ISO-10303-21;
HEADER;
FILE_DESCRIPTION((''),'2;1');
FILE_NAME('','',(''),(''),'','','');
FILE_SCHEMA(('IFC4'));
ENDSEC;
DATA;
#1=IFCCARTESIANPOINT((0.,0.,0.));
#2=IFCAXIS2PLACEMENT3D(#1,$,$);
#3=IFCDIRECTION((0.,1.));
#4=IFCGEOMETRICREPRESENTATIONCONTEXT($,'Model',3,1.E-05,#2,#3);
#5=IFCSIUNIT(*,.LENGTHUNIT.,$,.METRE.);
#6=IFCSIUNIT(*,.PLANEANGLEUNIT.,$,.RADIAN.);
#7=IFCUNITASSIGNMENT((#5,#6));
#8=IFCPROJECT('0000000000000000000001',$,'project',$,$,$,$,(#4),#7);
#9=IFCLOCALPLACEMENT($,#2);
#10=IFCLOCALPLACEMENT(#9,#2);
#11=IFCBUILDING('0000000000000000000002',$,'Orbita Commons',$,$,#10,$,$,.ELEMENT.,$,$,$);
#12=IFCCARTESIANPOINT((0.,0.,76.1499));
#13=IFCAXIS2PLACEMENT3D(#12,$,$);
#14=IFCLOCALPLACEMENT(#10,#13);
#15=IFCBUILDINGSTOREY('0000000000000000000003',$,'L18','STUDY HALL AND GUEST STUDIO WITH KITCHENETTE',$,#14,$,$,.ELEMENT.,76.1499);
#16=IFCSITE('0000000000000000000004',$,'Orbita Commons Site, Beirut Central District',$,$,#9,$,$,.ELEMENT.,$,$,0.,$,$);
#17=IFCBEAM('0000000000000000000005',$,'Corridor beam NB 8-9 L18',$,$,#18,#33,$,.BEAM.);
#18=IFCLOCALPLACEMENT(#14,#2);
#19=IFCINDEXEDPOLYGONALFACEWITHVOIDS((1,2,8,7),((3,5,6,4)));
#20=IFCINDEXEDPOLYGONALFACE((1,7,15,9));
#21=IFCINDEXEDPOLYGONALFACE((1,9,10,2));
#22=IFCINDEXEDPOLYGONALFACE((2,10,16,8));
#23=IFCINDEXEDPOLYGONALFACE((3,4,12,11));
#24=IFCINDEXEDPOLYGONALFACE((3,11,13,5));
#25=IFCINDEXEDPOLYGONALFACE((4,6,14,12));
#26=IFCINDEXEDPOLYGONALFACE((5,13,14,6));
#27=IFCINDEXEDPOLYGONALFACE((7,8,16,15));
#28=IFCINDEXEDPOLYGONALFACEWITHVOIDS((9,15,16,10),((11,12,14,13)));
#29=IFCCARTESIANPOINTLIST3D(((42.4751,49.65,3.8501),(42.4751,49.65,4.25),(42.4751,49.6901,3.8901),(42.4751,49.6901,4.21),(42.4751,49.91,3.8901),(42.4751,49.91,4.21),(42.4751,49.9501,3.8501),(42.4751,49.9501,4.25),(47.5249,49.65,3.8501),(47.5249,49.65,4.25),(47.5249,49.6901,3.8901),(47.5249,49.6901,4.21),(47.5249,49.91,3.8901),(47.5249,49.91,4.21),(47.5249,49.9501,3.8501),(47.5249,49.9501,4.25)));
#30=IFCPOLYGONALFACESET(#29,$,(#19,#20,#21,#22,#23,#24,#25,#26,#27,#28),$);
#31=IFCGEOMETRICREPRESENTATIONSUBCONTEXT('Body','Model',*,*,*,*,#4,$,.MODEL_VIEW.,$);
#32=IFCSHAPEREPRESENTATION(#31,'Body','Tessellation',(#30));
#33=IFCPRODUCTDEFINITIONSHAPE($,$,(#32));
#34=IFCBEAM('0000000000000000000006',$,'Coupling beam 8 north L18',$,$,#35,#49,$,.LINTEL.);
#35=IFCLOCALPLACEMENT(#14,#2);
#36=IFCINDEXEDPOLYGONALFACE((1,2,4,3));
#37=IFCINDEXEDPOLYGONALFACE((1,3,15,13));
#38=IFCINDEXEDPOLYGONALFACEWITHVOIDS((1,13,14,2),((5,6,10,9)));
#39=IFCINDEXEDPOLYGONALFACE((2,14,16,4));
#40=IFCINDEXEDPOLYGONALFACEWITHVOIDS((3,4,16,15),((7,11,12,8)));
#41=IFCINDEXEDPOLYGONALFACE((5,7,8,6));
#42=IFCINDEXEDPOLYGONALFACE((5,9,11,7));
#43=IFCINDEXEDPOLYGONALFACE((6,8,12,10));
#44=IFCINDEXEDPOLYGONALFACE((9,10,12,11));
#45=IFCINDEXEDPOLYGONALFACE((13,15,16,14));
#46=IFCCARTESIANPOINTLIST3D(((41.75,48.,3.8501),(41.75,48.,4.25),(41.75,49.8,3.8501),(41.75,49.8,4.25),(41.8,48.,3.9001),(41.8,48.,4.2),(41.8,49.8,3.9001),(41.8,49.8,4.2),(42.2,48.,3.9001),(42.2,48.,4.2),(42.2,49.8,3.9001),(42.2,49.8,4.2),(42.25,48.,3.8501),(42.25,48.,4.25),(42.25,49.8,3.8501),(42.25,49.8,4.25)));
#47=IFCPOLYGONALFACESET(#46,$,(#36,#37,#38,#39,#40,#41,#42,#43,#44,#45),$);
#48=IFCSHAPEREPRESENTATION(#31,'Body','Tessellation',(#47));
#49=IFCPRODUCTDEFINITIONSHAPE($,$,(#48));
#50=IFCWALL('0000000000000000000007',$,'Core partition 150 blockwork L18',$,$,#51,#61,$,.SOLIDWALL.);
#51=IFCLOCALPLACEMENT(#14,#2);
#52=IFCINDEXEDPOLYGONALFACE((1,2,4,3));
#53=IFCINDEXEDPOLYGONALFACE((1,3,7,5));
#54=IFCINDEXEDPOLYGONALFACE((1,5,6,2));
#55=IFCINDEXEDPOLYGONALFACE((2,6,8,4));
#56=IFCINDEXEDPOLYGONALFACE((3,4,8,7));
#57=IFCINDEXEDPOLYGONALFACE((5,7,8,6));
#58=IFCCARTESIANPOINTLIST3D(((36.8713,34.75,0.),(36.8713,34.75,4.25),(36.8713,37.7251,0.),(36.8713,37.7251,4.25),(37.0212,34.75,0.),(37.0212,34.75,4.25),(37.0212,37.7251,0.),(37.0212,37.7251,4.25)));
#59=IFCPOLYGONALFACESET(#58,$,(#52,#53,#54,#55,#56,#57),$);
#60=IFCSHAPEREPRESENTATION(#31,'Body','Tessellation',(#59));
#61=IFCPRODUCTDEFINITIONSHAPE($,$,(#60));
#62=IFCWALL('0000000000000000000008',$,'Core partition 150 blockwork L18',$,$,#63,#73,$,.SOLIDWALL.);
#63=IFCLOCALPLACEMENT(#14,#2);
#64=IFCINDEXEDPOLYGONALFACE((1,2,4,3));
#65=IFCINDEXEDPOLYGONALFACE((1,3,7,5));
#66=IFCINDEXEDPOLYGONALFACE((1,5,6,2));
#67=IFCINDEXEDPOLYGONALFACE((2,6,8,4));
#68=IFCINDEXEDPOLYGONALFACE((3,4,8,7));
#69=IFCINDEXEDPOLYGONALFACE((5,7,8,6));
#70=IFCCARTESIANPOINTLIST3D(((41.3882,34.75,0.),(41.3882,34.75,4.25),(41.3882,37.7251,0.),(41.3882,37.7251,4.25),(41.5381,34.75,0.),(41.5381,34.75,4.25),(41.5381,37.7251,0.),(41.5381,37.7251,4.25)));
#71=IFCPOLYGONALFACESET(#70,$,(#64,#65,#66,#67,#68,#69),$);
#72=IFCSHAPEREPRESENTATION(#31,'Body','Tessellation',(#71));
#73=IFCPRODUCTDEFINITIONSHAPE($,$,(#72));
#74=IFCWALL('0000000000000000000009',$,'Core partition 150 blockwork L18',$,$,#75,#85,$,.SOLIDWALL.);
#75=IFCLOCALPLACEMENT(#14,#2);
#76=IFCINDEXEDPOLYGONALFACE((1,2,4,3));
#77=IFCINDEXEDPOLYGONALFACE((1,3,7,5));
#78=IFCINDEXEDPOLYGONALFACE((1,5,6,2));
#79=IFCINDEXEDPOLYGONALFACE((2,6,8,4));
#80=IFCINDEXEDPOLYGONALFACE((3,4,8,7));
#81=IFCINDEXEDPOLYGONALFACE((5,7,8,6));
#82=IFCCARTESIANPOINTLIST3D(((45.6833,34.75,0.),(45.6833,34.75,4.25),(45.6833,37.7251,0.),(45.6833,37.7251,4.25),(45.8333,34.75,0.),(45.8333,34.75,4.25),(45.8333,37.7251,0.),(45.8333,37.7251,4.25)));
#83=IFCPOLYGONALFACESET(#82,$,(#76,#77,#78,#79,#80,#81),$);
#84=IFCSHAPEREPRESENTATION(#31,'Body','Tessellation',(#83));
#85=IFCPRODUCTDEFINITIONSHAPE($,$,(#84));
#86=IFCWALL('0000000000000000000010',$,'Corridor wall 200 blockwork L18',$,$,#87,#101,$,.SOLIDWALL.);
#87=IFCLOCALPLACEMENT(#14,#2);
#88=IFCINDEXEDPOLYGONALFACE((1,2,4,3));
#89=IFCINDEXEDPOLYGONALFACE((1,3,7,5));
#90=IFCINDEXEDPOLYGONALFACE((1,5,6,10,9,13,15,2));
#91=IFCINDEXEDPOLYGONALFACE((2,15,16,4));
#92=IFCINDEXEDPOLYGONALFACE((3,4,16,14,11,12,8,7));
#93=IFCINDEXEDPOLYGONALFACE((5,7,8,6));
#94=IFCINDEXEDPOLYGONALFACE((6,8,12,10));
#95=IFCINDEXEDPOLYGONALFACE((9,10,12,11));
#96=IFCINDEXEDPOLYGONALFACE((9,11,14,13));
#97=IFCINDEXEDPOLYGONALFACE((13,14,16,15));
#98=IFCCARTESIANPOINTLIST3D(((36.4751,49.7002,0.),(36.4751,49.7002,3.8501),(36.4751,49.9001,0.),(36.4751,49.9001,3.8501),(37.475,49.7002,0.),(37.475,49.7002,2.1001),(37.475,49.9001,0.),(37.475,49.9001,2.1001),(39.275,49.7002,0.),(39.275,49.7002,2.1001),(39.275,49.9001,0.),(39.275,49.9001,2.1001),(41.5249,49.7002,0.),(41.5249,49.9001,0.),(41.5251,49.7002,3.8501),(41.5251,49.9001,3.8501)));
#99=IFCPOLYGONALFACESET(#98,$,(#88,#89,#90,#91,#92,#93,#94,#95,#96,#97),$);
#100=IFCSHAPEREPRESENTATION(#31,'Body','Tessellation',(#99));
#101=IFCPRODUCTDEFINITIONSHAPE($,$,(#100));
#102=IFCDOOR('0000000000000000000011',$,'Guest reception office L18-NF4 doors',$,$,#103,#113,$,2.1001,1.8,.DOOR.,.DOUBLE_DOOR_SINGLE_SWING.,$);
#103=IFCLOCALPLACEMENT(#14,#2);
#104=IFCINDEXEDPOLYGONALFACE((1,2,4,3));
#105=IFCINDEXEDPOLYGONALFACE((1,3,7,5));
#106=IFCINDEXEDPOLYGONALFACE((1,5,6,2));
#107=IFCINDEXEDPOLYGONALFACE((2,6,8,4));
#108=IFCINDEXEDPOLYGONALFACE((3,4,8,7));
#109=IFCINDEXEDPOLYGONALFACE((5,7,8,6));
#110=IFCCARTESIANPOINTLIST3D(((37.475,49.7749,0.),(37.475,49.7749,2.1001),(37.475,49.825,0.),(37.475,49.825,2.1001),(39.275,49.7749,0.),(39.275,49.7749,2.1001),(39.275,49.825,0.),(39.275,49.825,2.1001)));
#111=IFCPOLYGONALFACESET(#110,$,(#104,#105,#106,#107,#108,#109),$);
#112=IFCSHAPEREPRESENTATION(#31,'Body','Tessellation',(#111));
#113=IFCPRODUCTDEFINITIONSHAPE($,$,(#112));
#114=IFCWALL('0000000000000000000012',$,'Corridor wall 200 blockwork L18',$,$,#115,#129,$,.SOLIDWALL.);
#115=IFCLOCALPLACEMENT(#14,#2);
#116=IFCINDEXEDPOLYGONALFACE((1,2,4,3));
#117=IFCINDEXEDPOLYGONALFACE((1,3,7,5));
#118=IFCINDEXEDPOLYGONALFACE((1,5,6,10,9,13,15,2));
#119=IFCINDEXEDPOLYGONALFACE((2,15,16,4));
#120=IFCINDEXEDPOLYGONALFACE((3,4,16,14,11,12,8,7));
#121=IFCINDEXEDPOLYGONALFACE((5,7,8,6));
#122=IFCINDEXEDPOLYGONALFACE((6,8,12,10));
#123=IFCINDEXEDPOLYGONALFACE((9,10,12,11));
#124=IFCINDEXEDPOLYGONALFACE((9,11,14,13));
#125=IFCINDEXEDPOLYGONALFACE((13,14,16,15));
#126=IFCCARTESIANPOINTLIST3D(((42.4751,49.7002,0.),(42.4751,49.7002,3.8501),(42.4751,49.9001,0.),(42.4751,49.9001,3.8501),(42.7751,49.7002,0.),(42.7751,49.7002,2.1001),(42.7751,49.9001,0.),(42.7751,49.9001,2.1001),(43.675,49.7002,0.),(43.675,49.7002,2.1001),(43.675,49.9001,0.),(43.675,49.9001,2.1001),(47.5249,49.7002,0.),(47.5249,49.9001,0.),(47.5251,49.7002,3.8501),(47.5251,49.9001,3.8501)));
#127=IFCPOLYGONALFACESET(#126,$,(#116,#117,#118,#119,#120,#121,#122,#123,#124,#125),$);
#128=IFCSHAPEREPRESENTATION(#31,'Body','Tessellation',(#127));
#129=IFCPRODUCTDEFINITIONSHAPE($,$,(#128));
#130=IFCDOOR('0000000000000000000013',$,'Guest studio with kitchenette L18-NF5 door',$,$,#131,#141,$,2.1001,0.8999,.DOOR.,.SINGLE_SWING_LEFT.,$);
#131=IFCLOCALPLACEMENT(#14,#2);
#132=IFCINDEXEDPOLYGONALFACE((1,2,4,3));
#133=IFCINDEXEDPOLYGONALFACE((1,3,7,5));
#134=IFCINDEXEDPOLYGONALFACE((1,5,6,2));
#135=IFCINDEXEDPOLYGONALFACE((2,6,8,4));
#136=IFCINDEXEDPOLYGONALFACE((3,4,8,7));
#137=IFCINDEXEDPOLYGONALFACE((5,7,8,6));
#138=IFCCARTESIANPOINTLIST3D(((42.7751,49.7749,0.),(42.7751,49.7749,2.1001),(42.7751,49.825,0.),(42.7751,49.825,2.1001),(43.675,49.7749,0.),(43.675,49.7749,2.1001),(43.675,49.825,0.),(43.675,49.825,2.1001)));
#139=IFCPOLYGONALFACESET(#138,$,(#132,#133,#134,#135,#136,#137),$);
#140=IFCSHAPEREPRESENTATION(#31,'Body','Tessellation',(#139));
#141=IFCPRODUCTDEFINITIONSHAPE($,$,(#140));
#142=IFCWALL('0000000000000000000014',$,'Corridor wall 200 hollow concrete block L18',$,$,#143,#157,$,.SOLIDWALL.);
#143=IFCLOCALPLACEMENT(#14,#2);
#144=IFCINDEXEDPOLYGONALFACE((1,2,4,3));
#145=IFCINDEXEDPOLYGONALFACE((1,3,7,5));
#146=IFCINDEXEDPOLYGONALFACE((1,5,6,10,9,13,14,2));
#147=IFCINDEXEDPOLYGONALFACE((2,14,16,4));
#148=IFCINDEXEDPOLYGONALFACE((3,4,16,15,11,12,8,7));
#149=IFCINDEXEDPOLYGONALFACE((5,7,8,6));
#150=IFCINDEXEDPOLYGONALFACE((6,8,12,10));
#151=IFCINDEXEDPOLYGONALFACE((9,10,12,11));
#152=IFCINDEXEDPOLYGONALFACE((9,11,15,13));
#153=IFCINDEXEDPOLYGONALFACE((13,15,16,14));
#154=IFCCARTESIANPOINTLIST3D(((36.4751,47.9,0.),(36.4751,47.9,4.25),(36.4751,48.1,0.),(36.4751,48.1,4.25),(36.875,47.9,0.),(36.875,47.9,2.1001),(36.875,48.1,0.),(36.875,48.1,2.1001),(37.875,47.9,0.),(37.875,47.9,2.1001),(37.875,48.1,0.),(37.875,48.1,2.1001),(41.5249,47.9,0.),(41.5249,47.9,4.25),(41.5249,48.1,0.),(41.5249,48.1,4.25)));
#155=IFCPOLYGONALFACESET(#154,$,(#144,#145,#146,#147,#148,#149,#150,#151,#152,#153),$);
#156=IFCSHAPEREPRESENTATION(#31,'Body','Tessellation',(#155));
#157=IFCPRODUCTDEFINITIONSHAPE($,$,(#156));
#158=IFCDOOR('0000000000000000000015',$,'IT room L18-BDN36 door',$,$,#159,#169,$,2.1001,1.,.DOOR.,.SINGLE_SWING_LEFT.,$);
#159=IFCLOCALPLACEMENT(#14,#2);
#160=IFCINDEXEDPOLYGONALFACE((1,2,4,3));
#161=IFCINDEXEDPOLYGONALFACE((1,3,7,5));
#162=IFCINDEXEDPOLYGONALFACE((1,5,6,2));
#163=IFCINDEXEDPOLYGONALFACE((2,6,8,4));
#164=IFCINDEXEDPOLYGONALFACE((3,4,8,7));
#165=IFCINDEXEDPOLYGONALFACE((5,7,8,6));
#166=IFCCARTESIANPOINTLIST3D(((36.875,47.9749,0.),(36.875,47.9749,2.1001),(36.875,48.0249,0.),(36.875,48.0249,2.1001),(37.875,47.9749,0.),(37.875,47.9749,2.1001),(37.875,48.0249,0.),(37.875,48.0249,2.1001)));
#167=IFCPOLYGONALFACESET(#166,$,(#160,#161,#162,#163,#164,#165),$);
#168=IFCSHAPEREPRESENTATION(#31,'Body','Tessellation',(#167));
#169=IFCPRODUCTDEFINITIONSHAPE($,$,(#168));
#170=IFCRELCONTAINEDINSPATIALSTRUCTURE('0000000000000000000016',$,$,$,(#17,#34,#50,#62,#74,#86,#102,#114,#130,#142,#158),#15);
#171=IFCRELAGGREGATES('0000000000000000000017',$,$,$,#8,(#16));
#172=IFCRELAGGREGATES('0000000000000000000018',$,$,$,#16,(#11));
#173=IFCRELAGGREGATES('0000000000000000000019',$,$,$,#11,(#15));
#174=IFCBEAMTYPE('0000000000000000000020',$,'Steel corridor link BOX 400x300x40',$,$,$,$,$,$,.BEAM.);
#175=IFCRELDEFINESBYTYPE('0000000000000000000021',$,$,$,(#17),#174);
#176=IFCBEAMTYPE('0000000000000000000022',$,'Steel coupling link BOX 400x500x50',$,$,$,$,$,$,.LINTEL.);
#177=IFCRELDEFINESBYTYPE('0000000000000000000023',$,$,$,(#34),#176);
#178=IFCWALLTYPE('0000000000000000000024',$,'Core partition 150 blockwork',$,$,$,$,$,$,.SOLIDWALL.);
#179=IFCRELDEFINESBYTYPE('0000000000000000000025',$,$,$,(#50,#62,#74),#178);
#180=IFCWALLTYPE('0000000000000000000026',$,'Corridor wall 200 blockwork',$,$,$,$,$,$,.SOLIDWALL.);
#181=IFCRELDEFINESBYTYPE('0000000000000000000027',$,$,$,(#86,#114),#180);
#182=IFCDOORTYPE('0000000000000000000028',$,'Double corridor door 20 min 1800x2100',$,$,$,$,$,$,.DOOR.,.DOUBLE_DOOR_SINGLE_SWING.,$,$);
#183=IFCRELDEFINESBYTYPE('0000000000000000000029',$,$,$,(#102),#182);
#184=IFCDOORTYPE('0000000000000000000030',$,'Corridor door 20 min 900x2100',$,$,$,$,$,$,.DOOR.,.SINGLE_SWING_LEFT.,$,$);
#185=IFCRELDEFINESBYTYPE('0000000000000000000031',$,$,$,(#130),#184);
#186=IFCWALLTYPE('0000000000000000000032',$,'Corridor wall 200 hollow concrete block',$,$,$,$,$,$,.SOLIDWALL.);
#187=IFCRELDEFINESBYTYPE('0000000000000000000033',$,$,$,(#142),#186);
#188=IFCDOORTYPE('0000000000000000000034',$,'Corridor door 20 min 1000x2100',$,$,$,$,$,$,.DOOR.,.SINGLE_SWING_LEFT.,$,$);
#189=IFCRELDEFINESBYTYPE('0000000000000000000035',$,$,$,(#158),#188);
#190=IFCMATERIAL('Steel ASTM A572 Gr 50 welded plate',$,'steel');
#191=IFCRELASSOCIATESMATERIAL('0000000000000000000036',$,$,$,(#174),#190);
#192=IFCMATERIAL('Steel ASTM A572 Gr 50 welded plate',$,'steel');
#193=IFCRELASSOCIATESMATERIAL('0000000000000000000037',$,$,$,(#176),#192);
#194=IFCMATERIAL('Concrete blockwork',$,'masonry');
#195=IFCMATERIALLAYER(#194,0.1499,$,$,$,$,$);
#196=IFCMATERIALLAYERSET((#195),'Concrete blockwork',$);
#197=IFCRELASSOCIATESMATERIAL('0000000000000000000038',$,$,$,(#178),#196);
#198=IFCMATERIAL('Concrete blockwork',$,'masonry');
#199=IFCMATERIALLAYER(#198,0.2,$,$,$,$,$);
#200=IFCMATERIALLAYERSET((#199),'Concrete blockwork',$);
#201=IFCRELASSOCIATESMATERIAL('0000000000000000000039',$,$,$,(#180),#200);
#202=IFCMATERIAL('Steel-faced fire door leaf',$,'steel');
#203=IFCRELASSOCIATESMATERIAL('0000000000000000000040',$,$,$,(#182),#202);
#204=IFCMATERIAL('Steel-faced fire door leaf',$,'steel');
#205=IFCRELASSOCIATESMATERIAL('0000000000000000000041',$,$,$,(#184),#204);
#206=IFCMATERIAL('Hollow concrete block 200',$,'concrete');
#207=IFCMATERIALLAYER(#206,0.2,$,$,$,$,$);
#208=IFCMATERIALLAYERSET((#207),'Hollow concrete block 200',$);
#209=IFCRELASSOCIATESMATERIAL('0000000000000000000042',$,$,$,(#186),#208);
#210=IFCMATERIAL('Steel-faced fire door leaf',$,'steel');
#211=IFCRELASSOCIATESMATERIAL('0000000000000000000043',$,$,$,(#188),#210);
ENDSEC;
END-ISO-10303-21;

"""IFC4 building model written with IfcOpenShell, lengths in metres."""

from ifc_helpers import new_model, si_unit, direction, frame, frame_2d, origin, origin_2d, place, context, subcontext, project, spatial, polyline, rectangle, hollow_rectangle, outline, extrude, material, layer, layer_set, material_profile, profile_set, type_object, element, fill, save


model = new_model("IFC4")

# Units and contexts
model_context = context("Model", 3, precision=1e-05, world=origin(), true_north=direction((0.0, 1.0)))
body_context = subcontext(model_context, "Body", "Model", "MODEL_VIEW")
ifc_project = project(units=[si_unit("LENGTHUNIT", "METRE"), si_unit("PLANEANGLEUNIT", "RADIAN")], contexts=[model_context])

# Site, building, storey
site_placement = place(None, origin())
site = spatial("IfcSite", under=ifc_project, at=site_placement, Name="Orbita Commons Site, Beirut Central District", CompositionType="ELEMENT", RefElevation=0.0)
building_placement = place(site_placement, origin())
building = spatial("IfcBuilding", under=site, at=building_placement, Name="Orbita Commons", CompositionType="ELEMENT")
storey_placement = place(building_placement, frame((0.0, 0.0, 76.1499)))
storey = spatial("IfcBuildingStorey", under=building, at=storey_placement, Name="L18", Description="STUDY HALL AND GUEST STUDIO WITH KITCHENETTE", CompositionType="ELEMENT", Elevation=76.1499)

# Beams
ifc_material_1 = material(Name="Steel ASTM A572 Gr 50 welded plate", Category="steel")
ifc_material_profile_1 = material_profile(ifc_material_1, hollow_rectangle(XDim=0.3, YDim=0.3999, WallThickness=0.04, at=origin_2d()), Name="BOX 400x300x40")
ifc_profile_set_1 = profile_set([ifc_material_profile_1], Name="Steel ASTM A572 Gr 50 welded plate")
beam_type_1 = type_object("IfcBeamType", Name="Steel corridor link BOX 400x300x40", PredefinedType="BEAM", material=ifc_profile_set_1)
beam_1_placement = place(storey_placement, frame((42.4751, 49.8, 4.05), z_axis=(1.0, 0.0, 0.0), x_axis=(0.0, 1.0, 0.0)))
element("IfcBeam", 1, at=beam_1_placement, inside=storey, type_object=beam_type_1, Name="Corridor beam NB 8-9 L18", PredefinedType="BEAM", context=body_context, shape_type="SweptSolid", body=[
    extrude(hollow_rectangle(XDim=0.3, YDim=0.3999, WallThickness=0.04, at=origin_2d()), origin(), (0.0, 0.0, 1.0), 5.0498),
])
ifc_material_2 = material(Name="Steel ASTM A572 Gr 50 welded plate", Category="steel")
ifc_material_profile_2 = material_profile(ifc_material_2, hollow_rectangle(XDim=0.5, YDim=0.3999, WallThickness=0.05, at=origin_2d()), Name="BOX 400x500x50")
ifc_profile_set_2 = profile_set([ifc_material_profile_2], Name="Steel ASTM A572 Gr 50 welded plate")
beam_type_2 = type_object("IfcBeamType", Name="Steel coupling link BOX 400x500x50", PredefinedType="LINTEL", material=ifc_profile_set_2)
beam_2_placement = place(storey_placement, frame((42.0, 48.0, 4.05), z_axis=(0.0, 1.0, 0.0), x_axis=(-1.0, 0.0, 0.0)))
element("IfcBeam", 2, at=beam_2_placement, inside=storey, type_object=beam_type_2, Name="Coupling beam 8 north L18", PredefinedType="LINTEL", context=body_context, shape_type="SweptSolid", body=[
    extrude(hollow_rectangle(XDim=0.5, YDim=0.3999, WallThickness=0.05, at=origin_2d()), origin(), (0.0, 0.0, 1.0), 1.8),
])

# Walls
ifc_material_3 = material(Name="Concrete blockwork", Category="masonry")
ifc_layer_1 = layer(ifc_material_3, 0.1499)
ifc_layer_set_1 = layer_set([ifc_layer_1], Name="Concrete blockwork")
wall_type_1 = type_object("IfcWallType", Name="Core partition 150 blockwork", PredefinedType="SOLIDWALL", material=ifc_layer_set_1)
for number, where, z_axis, x_axis, name in (
    (3, (36.9463, 34.75, 0.0), (0.0, 0.0, 1.0), (0.0, 1.0, 0.0), "Core partition 150 blockwork L18"),
    (4, (41.4631, 34.75, 0.0), (0.0, 0.0, 1.0), (0.0, 1.0, 0.0), "Core partition 150 blockwork L18"),
    (5, (45.7583, 34.75, 0.0), (0.0, 0.0, 1.0), (0.0, 1.0, 0.0), "Core partition 150 blockwork L18"),
):
    element("IfcWall", number, at=place(storey_placement, frame(where, z_axis=z_axis, x_axis=x_axis)), inside=storey, type_object=wall_type_1, Name=name, PredefinedType="SOLIDWALL", context=body_context, shape_type="SweptSolid", body=[
        extrude(rectangle(XDim=2.9751, YDim=0.1499, at=frame_2d((1.4875, 0.0))), origin(), (0.0, 0.0, 1.0), 4.25),
    ])

# Walls, openings, doors
ifc_material_4 = material(Name="Concrete blockwork", Category="masonry")
ifc_layer_2 = layer(ifc_material_4, 0.2)
ifc_layer_set_2 = layer_set([ifc_layer_2], Name="Concrete blockwork")
wall_type_2 = type_object("IfcWallType", Name="Corridor wall 200 blockwork", PredefinedType="SOLIDWALL", material=ifc_layer_set_2)
wall_1_placement = place(storey_placement, frame((36.4751, 49.8, 0.0), z_axis=(0.0, 0.0, 1.0), x_axis=(1.0, 0.0, 0.0)))
wall_1 = element("IfcWall", 6, at=wall_1_placement, inside=storey, type_object=wall_type_2, Name="Corridor wall 200 blockwork L18", PredefinedType="SOLIDWALL", context=body_context, shape_type="SweptSolid", body=[
    extrude(outline(polyline([(0.0, 0.0), (5.0498, 0.0), (5.05, 3.8501), (0.0, 3.8501), (0.0, 0.0)])), frame((0.0, 0.1001, 0.0), z_axis=(0.0, -1.0, 0.0), x_axis=(1.0, 0.0, 0.0)), (0.0, 0.0, 1.0), 0.2),
])
opening_1_placement = place(wall_1_placement, frame((1.0, 0.0, 0.0)))
opening_1 = element("IfcOpeningElement", 7, at=opening_1_placement, cuts=wall_1, PredefinedType="OPENING", context=body_context, shape_type="SweptSolid", body=[
    extrude(rectangle(XDim=1.8, YDim=2.1001, at=frame_2d((0.8999, 1.05))), frame((0.0, 0.1099, 0.0), z_axis=(0.0, -1.0, 0.0), x_axis=(1.0, 0.0, 0.0)), (0.0, 0.0, 1.0), 0.22),
])
ifc_material_5 = material(Name="Steel-faced fire door leaf", Category="steel")
door_type_1 = type_object("IfcDoorType", Name="Double corridor door 20 min 1800x2100", OperationType="DOUBLE_DOOR_SINGLE_SWING", PredefinedType="DOOR", material=ifc_material_5)
door_1_placement = place(opening_1_placement, origin())
door_1 = element("IfcDoor", 8, at=door_1_placement, inside=storey, type_object=door_type_1, Name="Guest reception office L18-NF4 doors", OperationType="DOUBLE_DOOR_SINGLE_SWING", OverallHeight=2.1001, OverallWidth=1.8, PredefinedType="DOOR", context=body_context, shape_type="SweptSolid", body=[
    extrude(rectangle(XDim=1.8, YDim=2.1001, at=frame_2d((0.8999, 1.05))), frame((0.0, 0.0249, 0.0), z_axis=(0.0, -1.0, 0.0), x_axis=(1.0, 0.0, 0.0)), (0.0, 0.0, 1.0), 0.05),
])
fill(opening_1, door_1)
wall_2_placement = place(storey_placement, frame((42.4751, 49.8, 0.0), z_axis=(0.0, 0.0, 1.0), x_axis=(1.0, 0.0, 0.0)))
wall_2 = element("IfcWall", 9, at=wall_2_placement, inside=storey, type_object=wall_type_2, Name="Corridor wall 200 blockwork L18", PredefinedType="SOLIDWALL", context=body_context, shape_type="SweptSolid", body=[
    extrude(outline(polyline([(0.0, 0.0), (5.0498, 0.0), (5.05, 3.8501), (0.0, 3.8501), (0.0, 0.0)])), frame((0.0, 0.1001, 0.0), z_axis=(0.0, -1.0, 0.0), x_axis=(1.0, 0.0, 0.0)), (0.0, 0.0, 1.0), 0.2),
])
opening_2_placement = place(wall_2_placement, frame((0.3, 0.0, 0.0)))
opening_2 = element("IfcOpeningElement", 10, at=opening_2_placement, cuts=wall_2, PredefinedType="OPENING", context=body_context, shape_type="SweptSolid", body=[
    extrude(rectangle(XDim=0.8999, YDim=2.1001, at=frame_2d((0.45, 1.05))), frame((0.0, 0.1099, 0.0), z_axis=(0.0, -1.0, 0.0), x_axis=(1.0, 0.0, 0.0)), (0.0, 0.0, 1.0), 0.22),
])
ifc_material_6 = material(Name="Steel-faced fire door leaf", Category="steel")
door_type_2 = type_object("IfcDoorType", Name="Corridor door 20 min 900x2100", OperationType="SINGLE_SWING_LEFT", PredefinedType="DOOR", material=ifc_material_6)
door_2_placement = place(opening_2_placement, origin())
door_2 = element("IfcDoor", 11, at=door_2_placement, inside=storey, type_object=door_type_2, Name="Guest studio with kitchenette L18-NF5 door", OperationType="SINGLE_SWING_LEFT", OverallHeight=2.1001, OverallWidth=0.8999, PredefinedType="DOOR", context=body_context, shape_type="SweptSolid", body=[
    extrude(rectangle(XDim=0.8999, YDim=2.1001, at=frame_2d((0.45, 1.05))), frame((0.0, 0.0249, 0.0), z_axis=(0.0, -1.0, 0.0), x_axis=(1.0, 0.0, 0.0)), (0.0, 0.0, 1.0), 0.05),
])
fill(opening_2, door_2)
ifc_material_7 = material(Name="Hollow concrete block 200", Category="concrete")
ifc_layer_3 = layer(ifc_material_7, 0.2)
ifc_layer_set_3 = layer_set([ifc_layer_3], Name="Hollow concrete block 200")
wall_type_3 = type_object("IfcWallType", Name="Corridor wall 200 hollow concrete block", PredefinedType="SOLIDWALL", material=ifc_layer_set_3)
wall_3_placement = place(storey_placement, frame((36.4751, 48.0, 0.0), z_axis=(0.0, 0.0, 1.0), x_axis=(1.0, 0.0, 0.0)))
wall_3 = element("IfcWall", 12, at=wall_3_placement, inside=storey, type_object=wall_type_3, Name="Corridor wall 200 hollow concrete block L18", PredefinedType="SOLIDWALL", context=body_context, shape_type="SweptSolid", body=[
    extrude(rectangle(XDim=5.0498, YDim=0.2, at=frame_2d((2.5249, 0.0))), origin(), (0.0, 0.0, 1.0), 4.25),
])
opening_3_placement = place(wall_3_placement, frame((0.3999, 0.0, 0.0)))
opening_3 = element("IfcOpeningElement", 13, at=opening_3_placement, cuts=wall_3, PredefinedType="OPENING", context=body_context, shape_type="SweptSolid", body=[
    extrude(rectangle(XDim=1.0, YDim=2.1001, at=frame_2d((0.5, 1.05))), frame((0.0, 0.1099, 0.0), z_axis=(0.0, -1.0, 0.0), x_axis=(1.0, 0.0, 0.0)), (0.0, 0.0, 1.0), 0.22),
])
ifc_material_8 = material(Name="Steel-faced fire door leaf", Category="steel")
door_type_3 = type_object("IfcDoorType", Name="Corridor door 20 min 1000x2100", OperationType="SINGLE_SWING_LEFT", PredefinedType="DOOR", material=ifc_material_8)
door_3_placement = place(opening_3_placement, origin())
door_3 = element("IfcDoor", 14, at=door_3_placement, inside=storey, type_object=door_type_3, Name="IT room L18-BDN36 door", OperationType="SINGLE_SWING_LEFT", OverallHeight=2.1001, OverallWidth=1.0, PredefinedType="DOOR", context=body_context, shape_type="SweptSolid", body=[
    extrude(rectangle(XDim=1.0, YDim=2.1001, at=frame_2d((0.5, 1.05))), frame((0.0, 0.0249, 0.0), z_axis=(0.0, -1.0, 0.0), x_axis=(1.0, 0.0, 0.0)), (0.0, 0.0, 1.0), 0.05),
])
fill(opening_3, door_3)

save(model, "model.ifc")
